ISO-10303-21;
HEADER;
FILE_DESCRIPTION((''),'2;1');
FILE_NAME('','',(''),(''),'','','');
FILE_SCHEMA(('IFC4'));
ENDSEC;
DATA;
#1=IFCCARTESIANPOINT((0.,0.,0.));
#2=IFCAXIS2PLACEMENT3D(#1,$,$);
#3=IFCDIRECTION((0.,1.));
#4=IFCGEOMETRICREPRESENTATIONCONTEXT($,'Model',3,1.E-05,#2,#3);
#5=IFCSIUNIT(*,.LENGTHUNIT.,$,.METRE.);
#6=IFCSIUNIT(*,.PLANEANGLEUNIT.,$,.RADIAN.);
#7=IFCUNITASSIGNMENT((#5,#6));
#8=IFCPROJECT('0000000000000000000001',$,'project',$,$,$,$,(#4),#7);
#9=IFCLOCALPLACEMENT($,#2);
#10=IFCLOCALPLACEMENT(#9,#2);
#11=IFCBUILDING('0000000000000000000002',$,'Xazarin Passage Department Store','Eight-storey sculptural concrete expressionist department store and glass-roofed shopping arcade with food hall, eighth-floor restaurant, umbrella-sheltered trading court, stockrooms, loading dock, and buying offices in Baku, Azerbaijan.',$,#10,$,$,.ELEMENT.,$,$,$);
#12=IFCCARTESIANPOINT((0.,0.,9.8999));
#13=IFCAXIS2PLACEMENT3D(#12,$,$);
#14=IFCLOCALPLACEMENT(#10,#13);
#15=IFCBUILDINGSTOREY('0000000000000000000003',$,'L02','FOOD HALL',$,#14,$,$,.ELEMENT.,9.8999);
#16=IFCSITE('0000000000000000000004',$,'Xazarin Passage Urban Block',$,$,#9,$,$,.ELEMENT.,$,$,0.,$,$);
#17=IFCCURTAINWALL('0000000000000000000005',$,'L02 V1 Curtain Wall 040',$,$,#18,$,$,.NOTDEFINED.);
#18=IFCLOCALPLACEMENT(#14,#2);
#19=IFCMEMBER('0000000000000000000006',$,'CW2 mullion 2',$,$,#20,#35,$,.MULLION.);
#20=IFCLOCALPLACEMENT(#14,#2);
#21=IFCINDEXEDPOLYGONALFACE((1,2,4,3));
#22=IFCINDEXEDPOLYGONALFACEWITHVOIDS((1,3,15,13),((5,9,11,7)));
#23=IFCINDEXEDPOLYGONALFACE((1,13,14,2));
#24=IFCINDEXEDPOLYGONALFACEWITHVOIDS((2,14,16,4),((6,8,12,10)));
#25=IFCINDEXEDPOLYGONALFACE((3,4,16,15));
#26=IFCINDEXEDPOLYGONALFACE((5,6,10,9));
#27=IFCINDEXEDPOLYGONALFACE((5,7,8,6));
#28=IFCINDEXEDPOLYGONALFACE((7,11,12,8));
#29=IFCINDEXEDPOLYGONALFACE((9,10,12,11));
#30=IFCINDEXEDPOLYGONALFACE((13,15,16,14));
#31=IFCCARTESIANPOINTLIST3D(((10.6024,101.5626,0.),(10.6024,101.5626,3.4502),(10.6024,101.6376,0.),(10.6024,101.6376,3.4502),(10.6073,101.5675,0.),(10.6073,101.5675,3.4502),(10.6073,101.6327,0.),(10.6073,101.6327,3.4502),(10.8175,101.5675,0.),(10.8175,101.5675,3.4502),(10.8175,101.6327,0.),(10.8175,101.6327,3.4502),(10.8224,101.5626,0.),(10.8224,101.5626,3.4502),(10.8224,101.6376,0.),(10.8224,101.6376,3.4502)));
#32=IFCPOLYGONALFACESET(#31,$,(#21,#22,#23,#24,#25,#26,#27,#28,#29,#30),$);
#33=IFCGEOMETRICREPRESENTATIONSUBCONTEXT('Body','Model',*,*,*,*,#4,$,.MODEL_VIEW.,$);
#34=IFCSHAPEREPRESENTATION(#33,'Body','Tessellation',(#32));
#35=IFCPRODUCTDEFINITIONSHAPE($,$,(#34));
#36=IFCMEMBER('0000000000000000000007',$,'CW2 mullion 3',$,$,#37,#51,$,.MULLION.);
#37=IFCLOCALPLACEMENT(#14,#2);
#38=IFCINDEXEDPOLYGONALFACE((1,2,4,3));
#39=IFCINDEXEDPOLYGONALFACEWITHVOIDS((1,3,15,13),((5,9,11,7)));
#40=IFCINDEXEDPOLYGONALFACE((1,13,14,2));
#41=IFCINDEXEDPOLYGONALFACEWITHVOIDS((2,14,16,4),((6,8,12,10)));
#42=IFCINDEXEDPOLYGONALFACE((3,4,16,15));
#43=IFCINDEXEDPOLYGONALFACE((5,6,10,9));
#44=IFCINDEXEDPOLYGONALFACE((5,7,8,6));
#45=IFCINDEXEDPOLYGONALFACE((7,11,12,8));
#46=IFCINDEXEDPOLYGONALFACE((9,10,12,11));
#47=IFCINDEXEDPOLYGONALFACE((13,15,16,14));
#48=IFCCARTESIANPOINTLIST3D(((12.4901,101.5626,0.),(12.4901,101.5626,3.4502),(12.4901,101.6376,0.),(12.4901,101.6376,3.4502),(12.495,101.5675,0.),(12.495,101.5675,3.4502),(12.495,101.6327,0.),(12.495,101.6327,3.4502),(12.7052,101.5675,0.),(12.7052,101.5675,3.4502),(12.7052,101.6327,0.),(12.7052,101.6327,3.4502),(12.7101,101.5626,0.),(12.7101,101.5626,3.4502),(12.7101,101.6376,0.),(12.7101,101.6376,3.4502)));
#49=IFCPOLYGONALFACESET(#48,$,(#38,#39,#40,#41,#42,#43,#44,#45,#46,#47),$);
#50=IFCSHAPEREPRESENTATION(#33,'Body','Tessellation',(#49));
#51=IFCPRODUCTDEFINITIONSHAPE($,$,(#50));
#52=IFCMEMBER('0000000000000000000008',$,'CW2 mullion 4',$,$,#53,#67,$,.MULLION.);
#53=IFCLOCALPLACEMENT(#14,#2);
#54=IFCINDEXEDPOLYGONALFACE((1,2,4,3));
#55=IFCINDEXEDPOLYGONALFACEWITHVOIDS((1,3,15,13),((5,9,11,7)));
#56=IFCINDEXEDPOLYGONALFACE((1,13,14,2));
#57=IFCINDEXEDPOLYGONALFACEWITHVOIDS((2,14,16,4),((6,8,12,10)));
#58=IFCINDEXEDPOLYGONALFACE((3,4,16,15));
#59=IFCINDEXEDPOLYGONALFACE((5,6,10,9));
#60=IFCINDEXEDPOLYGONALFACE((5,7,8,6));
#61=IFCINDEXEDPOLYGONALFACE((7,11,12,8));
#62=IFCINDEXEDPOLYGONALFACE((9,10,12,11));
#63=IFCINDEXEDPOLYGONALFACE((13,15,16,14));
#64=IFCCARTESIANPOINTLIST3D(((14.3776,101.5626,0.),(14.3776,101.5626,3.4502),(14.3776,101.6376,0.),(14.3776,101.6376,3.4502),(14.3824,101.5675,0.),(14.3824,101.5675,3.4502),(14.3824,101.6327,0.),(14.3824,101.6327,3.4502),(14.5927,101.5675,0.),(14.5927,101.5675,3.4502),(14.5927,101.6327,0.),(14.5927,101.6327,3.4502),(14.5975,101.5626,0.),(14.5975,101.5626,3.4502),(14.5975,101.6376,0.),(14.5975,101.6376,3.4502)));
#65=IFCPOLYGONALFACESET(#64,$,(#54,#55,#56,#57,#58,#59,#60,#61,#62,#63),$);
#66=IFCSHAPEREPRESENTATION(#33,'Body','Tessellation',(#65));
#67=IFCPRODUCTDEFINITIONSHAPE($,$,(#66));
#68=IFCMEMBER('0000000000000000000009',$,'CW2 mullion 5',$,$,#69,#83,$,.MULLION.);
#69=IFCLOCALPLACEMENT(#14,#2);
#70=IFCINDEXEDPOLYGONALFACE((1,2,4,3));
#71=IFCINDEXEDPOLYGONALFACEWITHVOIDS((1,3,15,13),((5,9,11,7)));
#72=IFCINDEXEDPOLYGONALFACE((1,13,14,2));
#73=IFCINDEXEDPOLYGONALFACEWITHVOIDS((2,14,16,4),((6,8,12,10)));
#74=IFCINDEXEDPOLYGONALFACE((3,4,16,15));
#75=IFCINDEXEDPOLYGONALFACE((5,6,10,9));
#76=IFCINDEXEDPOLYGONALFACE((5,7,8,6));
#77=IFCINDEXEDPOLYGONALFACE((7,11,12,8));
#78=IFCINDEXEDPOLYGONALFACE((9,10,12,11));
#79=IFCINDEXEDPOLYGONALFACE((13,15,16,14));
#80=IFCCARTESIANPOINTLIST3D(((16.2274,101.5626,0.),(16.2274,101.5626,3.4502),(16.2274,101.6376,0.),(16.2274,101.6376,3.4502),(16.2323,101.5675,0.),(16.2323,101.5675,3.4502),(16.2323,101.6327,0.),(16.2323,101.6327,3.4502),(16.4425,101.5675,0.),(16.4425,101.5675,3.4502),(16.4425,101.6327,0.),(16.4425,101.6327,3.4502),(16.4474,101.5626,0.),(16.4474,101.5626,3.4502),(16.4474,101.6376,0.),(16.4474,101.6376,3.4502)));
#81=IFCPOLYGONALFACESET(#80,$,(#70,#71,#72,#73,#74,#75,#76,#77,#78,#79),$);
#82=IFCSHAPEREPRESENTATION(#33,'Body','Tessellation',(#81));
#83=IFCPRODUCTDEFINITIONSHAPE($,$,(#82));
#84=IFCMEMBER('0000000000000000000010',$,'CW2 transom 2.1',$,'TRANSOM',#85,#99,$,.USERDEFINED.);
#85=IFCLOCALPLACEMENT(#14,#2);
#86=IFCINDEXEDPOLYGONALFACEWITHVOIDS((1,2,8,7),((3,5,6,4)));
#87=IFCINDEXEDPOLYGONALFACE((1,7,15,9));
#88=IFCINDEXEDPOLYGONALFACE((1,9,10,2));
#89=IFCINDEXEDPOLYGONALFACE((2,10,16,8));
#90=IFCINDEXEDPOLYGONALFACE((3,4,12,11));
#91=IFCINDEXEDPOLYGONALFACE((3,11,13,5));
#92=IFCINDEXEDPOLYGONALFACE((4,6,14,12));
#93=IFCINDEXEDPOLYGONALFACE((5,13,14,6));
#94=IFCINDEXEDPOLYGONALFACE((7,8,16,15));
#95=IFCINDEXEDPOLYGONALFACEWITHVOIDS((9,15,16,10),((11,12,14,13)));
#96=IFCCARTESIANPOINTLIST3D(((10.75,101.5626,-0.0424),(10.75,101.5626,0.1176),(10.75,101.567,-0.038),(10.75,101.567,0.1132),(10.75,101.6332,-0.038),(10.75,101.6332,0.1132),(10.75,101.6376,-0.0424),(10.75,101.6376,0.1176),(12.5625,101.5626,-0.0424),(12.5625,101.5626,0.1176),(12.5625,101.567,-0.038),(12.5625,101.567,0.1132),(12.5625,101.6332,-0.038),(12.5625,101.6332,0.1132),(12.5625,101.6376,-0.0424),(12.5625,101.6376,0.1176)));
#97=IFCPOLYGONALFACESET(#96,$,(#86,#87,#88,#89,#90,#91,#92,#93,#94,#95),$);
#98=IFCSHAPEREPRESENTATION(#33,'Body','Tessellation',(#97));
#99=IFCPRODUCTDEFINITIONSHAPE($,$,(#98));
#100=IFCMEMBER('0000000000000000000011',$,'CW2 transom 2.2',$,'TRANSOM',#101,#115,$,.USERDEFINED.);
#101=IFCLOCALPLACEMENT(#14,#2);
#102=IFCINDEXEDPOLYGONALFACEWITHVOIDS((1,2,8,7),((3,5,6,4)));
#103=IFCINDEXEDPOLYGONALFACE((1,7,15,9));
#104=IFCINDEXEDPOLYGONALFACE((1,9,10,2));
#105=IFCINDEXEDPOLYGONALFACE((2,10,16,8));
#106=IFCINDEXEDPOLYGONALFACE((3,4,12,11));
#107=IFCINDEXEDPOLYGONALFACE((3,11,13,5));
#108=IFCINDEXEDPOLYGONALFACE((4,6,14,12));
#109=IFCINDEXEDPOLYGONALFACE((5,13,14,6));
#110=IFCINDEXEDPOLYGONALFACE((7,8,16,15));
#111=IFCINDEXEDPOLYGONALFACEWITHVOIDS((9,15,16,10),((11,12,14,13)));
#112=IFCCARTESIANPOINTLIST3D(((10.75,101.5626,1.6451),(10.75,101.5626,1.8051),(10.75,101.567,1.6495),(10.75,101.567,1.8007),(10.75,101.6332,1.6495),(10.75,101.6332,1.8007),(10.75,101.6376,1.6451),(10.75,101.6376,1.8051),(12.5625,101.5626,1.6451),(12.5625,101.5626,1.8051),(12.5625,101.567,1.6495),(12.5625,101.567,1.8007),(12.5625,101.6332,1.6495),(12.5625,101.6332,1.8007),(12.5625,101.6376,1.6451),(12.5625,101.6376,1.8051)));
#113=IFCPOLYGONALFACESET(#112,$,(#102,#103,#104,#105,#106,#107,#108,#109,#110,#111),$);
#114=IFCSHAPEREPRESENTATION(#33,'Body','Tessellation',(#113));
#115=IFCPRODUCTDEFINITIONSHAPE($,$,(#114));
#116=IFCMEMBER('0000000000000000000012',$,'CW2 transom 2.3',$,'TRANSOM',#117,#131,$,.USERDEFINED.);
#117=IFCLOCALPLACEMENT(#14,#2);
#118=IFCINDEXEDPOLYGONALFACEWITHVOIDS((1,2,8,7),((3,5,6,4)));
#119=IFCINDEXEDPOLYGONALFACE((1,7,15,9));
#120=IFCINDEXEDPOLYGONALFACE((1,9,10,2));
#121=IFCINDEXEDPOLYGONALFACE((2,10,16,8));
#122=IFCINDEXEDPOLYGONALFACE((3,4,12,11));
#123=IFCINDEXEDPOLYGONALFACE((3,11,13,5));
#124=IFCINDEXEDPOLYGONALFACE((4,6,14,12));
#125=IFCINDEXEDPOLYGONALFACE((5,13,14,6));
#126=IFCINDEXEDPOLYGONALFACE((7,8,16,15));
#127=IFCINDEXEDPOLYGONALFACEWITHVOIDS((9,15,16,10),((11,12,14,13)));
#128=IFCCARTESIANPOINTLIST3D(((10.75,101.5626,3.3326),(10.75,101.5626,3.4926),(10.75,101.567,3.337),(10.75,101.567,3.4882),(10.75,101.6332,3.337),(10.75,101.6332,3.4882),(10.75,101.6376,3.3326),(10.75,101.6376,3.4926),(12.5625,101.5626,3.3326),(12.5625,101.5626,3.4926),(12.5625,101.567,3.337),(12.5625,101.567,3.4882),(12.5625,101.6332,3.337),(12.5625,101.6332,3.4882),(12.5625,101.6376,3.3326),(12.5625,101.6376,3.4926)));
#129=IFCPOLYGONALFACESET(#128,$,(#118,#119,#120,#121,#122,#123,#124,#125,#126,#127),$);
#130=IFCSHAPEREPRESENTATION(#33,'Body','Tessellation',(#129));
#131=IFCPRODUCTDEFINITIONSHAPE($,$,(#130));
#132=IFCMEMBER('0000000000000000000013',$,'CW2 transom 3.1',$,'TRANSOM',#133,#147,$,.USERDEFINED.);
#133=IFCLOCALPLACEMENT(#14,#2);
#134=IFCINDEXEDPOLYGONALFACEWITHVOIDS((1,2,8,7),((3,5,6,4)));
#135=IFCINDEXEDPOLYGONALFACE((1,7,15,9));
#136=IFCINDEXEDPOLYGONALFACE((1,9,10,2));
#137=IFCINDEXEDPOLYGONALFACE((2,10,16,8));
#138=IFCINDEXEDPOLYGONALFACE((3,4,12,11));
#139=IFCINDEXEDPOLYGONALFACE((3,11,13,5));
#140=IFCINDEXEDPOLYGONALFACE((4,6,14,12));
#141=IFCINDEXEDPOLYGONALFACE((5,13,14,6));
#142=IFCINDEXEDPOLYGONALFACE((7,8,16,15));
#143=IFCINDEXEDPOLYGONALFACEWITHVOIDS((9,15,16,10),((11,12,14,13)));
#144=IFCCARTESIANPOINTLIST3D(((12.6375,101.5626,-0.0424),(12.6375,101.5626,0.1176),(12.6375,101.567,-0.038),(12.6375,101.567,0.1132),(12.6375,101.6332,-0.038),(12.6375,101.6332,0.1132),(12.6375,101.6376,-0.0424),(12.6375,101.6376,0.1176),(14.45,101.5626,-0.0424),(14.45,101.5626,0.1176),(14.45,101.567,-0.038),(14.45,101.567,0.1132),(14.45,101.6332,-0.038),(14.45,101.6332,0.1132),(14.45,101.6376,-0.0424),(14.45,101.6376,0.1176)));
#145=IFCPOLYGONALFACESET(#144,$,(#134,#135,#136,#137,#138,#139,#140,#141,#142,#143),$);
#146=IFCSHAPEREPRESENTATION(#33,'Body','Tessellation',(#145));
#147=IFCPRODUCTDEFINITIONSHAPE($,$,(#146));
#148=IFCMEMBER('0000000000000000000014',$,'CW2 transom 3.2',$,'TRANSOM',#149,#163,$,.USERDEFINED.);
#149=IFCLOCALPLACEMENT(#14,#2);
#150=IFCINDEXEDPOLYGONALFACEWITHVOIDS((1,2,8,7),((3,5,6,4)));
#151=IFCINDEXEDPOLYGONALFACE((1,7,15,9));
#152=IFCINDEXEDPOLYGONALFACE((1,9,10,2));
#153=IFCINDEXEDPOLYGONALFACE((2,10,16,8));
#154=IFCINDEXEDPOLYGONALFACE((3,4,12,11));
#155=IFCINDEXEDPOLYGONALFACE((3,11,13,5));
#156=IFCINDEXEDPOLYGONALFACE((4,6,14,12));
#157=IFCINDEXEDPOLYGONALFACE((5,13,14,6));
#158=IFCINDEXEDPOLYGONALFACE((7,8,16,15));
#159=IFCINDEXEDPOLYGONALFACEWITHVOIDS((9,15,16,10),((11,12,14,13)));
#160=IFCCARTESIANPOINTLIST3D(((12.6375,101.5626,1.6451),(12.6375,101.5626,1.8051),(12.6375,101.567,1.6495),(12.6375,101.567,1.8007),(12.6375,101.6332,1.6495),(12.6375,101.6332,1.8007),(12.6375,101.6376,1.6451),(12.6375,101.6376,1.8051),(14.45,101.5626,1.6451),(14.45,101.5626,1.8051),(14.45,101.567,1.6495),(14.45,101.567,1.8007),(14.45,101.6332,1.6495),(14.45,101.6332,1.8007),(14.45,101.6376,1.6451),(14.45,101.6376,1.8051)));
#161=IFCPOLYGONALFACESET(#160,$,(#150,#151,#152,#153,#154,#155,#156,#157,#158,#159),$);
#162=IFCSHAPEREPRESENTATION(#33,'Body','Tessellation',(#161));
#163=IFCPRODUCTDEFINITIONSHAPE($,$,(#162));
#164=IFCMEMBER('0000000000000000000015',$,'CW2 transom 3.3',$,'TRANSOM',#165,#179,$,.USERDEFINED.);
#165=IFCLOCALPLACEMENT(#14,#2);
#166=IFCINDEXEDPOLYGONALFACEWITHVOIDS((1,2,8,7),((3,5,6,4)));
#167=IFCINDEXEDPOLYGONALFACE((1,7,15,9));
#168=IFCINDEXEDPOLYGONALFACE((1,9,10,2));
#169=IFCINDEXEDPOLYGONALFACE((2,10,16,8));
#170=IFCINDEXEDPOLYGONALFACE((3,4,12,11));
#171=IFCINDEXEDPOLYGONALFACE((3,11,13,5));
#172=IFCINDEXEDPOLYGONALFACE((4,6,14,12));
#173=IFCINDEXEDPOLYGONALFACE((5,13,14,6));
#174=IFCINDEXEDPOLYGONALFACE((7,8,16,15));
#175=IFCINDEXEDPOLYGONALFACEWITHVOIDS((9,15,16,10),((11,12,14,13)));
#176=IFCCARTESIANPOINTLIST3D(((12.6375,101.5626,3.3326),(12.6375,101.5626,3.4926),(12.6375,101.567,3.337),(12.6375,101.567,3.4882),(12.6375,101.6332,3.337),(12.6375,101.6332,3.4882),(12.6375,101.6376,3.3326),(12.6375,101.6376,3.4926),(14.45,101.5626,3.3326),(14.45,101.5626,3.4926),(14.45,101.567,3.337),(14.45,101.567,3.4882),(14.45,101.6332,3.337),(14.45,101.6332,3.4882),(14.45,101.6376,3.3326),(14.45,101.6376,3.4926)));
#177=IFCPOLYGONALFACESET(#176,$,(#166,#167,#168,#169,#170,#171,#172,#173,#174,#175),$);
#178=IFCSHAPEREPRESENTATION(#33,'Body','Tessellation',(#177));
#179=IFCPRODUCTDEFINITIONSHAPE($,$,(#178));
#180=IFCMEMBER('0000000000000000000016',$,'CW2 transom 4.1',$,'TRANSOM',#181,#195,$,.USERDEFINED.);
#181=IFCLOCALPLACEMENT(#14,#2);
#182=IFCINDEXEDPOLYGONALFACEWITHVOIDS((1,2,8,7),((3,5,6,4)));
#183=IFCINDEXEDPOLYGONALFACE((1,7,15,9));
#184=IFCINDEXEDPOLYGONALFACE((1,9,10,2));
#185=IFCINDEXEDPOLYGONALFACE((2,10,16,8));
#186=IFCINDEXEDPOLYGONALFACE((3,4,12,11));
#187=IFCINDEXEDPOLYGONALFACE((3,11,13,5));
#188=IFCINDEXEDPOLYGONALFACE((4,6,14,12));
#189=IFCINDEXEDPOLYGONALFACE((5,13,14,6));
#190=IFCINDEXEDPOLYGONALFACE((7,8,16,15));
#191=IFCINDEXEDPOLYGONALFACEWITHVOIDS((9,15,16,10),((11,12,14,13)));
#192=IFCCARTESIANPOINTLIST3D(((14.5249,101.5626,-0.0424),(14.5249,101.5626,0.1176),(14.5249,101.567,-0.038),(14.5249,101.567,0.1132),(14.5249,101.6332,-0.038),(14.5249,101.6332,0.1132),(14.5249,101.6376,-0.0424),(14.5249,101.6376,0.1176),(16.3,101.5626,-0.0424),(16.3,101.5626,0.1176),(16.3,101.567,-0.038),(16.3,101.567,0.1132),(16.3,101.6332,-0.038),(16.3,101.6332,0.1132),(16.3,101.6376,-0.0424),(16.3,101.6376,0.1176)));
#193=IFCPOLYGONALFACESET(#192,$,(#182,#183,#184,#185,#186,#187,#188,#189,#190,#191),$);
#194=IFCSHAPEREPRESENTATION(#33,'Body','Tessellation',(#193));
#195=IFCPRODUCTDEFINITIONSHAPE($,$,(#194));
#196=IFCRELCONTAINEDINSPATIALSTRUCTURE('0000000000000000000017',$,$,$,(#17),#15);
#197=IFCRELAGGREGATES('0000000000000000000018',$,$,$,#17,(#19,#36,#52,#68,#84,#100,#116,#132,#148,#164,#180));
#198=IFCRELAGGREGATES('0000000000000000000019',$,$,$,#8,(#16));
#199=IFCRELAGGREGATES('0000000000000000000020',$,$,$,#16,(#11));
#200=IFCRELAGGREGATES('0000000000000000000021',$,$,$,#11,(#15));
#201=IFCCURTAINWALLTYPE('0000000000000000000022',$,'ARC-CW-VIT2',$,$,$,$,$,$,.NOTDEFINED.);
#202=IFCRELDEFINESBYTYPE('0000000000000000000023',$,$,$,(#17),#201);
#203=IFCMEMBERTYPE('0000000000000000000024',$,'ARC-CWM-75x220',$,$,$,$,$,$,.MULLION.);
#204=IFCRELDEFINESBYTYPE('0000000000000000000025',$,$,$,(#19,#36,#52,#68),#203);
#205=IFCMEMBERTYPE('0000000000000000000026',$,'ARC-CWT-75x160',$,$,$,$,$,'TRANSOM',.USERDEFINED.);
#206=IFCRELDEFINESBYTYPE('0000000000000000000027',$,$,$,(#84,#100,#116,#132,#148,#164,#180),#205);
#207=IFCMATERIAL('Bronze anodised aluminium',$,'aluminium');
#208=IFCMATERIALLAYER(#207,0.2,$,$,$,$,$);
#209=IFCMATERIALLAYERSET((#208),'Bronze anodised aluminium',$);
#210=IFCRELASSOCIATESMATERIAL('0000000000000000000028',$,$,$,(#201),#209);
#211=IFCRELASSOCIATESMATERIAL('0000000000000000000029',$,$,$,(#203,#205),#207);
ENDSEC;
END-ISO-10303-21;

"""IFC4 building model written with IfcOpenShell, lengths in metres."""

from ifc_helpers import new_model, si_unit, direction, frame, origin, origin_2d, place, context, subcontext, project, spatial, hollow_rectangle, extrude, material, layer, layer_set, material_profile, profile_set, type_object, element, aggregate, save


model = new_model("IFC4")

# Units and contexts
model_context = context("Model", 3, precision=1e-05, world=origin(), true_north=direction((0.0, 1.0)))
body_context = subcontext(model_context, "Body", "Model", "MODEL_VIEW")
ifc_project = project(units=[si_unit("LENGTHUNIT", "METRE"), si_unit("PLANEANGLEUNIT", "RADIAN")], contexts=[model_context])

# Site, building, storey
site_placement = place(None, origin())
site = spatial("IfcSite", under=ifc_project, at=site_placement, Name="Xazarin Passage Urban Block", CompositionType="ELEMENT", RefElevation=0.0)
building_placement = place(site_placement, origin())
building = spatial("IfcBuilding", under=site, at=building_placement, Name="Xazarin Passage Department Store", Description="Eight-storey sculptural concrete expressionist department store and glass-roofed shopping arcade with food hall, eighth-floor restaurant, umbrella-sheltered trading court, stockrooms, loading dock, and buying offices in Baku, Azerbaijan.", CompositionType="ELEMENT")
storey_placement = place(building_placement, frame((0.0, 0.0, 9.8999)))
storey = spatial("IfcBuildingStorey", under=building, at=storey_placement, Name="L02", Description="FOOD HALL", CompositionType="ELEMENT", Elevation=9.8999)

# Curtain wall, members
ifc_material_1 = material(Name="Bronze anodised aluminium", Category="aluminium")
ifc_layer_1 = layer(ifc_material_1, 0.2)
ifc_layer_set_1 = layer_set([ifc_layer_1], Name="Bronze anodised aluminium")
curtain_wall_type = type_object("IfcCurtainWallType", Name="ARC-CW-VIT2", PredefinedType="NOTDEFINED", material=ifc_layer_set_1)
curtain_wall_placement = place(storey_placement, origin())
curtain_wall = element("IfcCurtainWall", 1, at=curtain_wall_placement, inside=storey, type_object=curtain_wall_type, Name="L02 V1 Curtain Wall 040", PredefinedType="NOTDEFINED")
ifc_material_profile_1 = material_profile(ifc_material_1, hollow_rectangle(XDim=0.075, YDim=0.22, WallThickness=0.0049, at=origin_2d()), Name="ALU 75x220")
ifc_profile_set_1 = profile_set([ifc_material_profile_1], Name="Bronze anodised aluminium")
member_type_1 = type_object("IfcMemberType", Name="ARC-CWM-75x220", PredefinedType="MULLION", material=ifc_profile_set_1)
member_1_placement = place(storey_placement, frame((10.7124, 101.6001, 0.0), z_axis=(0.0, 0.0, 1.0), x_axis=(0.0, 1.0, 0.0)))
member_1 = element("IfcMember", 2, at=member_1_placement, type_object=member_type_1, Name="CW2 mullion 2", PredefinedType="MULLION", context=body_context, shape_type="SweptSolid", body=[
    extrude(hollow_rectangle(XDim=0.075, YDim=0.22, WallThickness=0.0049, at=origin_2d()), origin(), (0.0, 0.0, 1.0), 3.4502),
])
member_2_placement = place(storey_placement, frame((12.6001, 101.6001, 0.0), z_axis=(0.0, 0.0, 1.0), x_axis=(0.0, 1.0, 0.0)))
member_2 = element("IfcMember", 3, at=member_2_placement, type_object=member_type_1, Name="CW2 mullion 3", PredefinedType="MULLION", context=body_context, shape_type="SweptSolid", body=[
    extrude(hollow_rectangle(XDim=0.075, YDim=0.22, WallThickness=0.0049, at=origin_2d()), origin(), (0.0, 0.0, 1.0), 3.4502),
])
member_3_placement = place(storey_placement, frame((14.4875, 101.6001, 0.0), z_axis=(0.0, 0.0, 1.0), x_axis=(0.0, 1.0, 0.0)))
member_3 = element("IfcMember", 4, at=member_3_placement, type_object=member_type_1, Name="CW2 mullion 4", PredefinedType="MULLION", context=body_context, shape_type="SweptSolid", body=[
    extrude(hollow_rectangle(XDim=0.075, YDim=0.22, WallThickness=0.0049, at=origin_2d()), origin(), (0.0, 0.0, 1.0), 3.4502),
])
member_4_placement = place(storey_placement, frame((16.3374, 101.6001, 0.0), z_axis=(0.0, 0.0, 1.0), x_axis=(0.0, 1.0, 0.0)))
member_4 = element("IfcMember", 5, at=member_4_placement, type_object=member_type_1, Name="CW2 mullion 5", PredefinedType="MULLION", context=body_context, shape_type="SweptSolid", body=[
    extrude(hollow_rectangle(XDim=0.075, YDim=0.22, WallThickness=0.0049, at=origin_2d()), origin(), (0.0, 0.0, 1.0), 3.4502),
])
ifc_material_profile_2 = material_profile(ifc_material_1, hollow_rectangle(XDim=0.075, YDim=0.1599, WallThickness=0.0044, at=origin_2d()), Name="ALU 75x160")
ifc_profile_set_2 = profile_set([ifc_material_profile_2], Name="Bronze anodised aluminium")
member_type_2 = type_object("IfcMemberType", Name="ARC-CWT-75x160", ElementType="TRANSOM", PredefinedType="USERDEFINED", material=ifc_profile_set_2)
member_5_placement = place(storey_placement, frame((10.75, 101.6001, 0.0376), z_axis=(1.0, 0.0, 0.0), x_axis=(0.0, 1.0, 0.0)))
member_5 = element("IfcMember", 6, at=member_5_placement, type_object=member_type_2, Name="CW2 transom 2.1", ObjectType="TRANSOM", PredefinedType="USERDEFINED", context=body_context, shape_type="SweptSolid", body=[
    extrude(hollow_rectangle(XDim=0.075, YDim=0.1599, WallThickness=0.0044, at=origin_2d()), origin(), (0.0, 0.0, 1.0), 1.8125),
])
member_6_placement = place(storey_placement, frame((10.75, 101.6001, 1.7251), z_axis=(1.0, 0.0, 0.0), x_axis=(0.0, 1.0, 0.0)))
member_6 = element("IfcMember", 7, at=member_6_placement, type_object=member_type_2, Name="CW2 transom 2.2", ObjectType="TRANSOM", PredefinedType="USERDEFINED", context=body_context, shape_type="SweptSolid", body=[
    extrude(hollow_rectangle(XDim=0.075, YDim=0.1599, WallThickness=0.0044, at=origin_2d()), origin(), (0.0, 0.0, 1.0), 1.8125),
])
member_7_placement = place(storey_placement, frame((10.75, 101.6001, 3.4126), z_axis=(1.0, 0.0, 0.0), x_axis=(0.0, 1.0, 0.0)))
member_7 = element("IfcMember", 8, at=member_7_placement, type_object=member_type_2, Name="CW2 transom 2.3", ObjectType="TRANSOM", PredefinedType="USERDEFINED", context=body_context, shape_type="SweptSolid", body=[
    extrude(hollow_rectangle(XDim=0.075, YDim=0.1599, WallThickness=0.0044, at=origin_2d()), origin(), (0.0, 0.0, 1.0), 1.8125),
])
member_8_placement = place(storey_placement, frame((12.6375, 101.6001, 0.0376), z_axis=(1.0, 0.0, 0.0), x_axis=(0.0, 1.0, 0.0)))
member_8 = element("IfcMember", 9, at=member_8_placement, type_object=member_type_2, Name="CW2 transom 3.1", ObjectType="TRANSOM", PredefinedType="USERDEFINED", context=body_context, shape_type="SweptSolid", body=[
    extrude(hollow_rectangle(XDim=0.075, YDim=0.1599, WallThickness=0.0044, at=origin_2d()), origin(), (0.0, 0.0, 1.0), 1.8125),
])
member_9_placement = place(storey_placement, frame((12.6375, 101.6001, 1.7251), z_axis=(1.0, 0.0, 0.0), x_axis=(0.0, 1.0, 0.0)))
member_9 = element("IfcMember", 10, at=member_9_placement, type_object=member_type_2, Name="CW2 transom 3.2", ObjectType="TRANSOM", PredefinedType="USERDEFINED", context=body_context, shape_type="SweptSolid", body=[
    extrude(hollow_rectangle(XDim=0.075, YDim=0.1599, WallThickness=0.0044, at=origin_2d()), origin(), (0.0, 0.0, 1.0), 1.8125),
])
member_10_placement = place(storey_placement, frame((12.6375, 101.6001, 3.4126), z_axis=(1.0, 0.0, 0.0), x_axis=(0.0, 1.0, 0.0)))
member_10 = element("IfcMember", 11, at=member_10_placement, type_object=member_type_2, Name="CW2 transom 3.3", ObjectType="TRANSOM", PredefinedType="USERDEFINED", context=body_context, shape_type="SweptSolid", body=[
    extrude(hollow_rectangle(XDim=0.075, YDim=0.1599, WallThickness=0.0044, at=origin_2d()), origin(), (0.0, 0.0, 1.0), 1.8125),
])
member_11_placement = place(storey_placement, frame((14.5249, 101.6001, 0.0376), z_axis=(1.0, 0.0, 0.0), x_axis=(0.0, 1.0, 0.0)))
member_11 = element("IfcMember", 12, at=member_11_placement, type_object=member_type_2, Name="CW2 transom 4.1", ObjectType="TRANSOM", PredefinedType="USERDEFINED", context=body_context, shape_type="SweptSolid", body=[
    extrude(hollow_rectangle(XDim=0.075, YDim=0.1599, WallThickness=0.0044, at=origin_2d()), origin(), (0.0, 0.0, 1.0), 1.7751),
])
aggregate(curtain_wall, [member_1, member_2, member_3, member_4, member_5, member_6, member_7, member_8, member_9, member_10, member_11])

save(model, "model.ifc")
